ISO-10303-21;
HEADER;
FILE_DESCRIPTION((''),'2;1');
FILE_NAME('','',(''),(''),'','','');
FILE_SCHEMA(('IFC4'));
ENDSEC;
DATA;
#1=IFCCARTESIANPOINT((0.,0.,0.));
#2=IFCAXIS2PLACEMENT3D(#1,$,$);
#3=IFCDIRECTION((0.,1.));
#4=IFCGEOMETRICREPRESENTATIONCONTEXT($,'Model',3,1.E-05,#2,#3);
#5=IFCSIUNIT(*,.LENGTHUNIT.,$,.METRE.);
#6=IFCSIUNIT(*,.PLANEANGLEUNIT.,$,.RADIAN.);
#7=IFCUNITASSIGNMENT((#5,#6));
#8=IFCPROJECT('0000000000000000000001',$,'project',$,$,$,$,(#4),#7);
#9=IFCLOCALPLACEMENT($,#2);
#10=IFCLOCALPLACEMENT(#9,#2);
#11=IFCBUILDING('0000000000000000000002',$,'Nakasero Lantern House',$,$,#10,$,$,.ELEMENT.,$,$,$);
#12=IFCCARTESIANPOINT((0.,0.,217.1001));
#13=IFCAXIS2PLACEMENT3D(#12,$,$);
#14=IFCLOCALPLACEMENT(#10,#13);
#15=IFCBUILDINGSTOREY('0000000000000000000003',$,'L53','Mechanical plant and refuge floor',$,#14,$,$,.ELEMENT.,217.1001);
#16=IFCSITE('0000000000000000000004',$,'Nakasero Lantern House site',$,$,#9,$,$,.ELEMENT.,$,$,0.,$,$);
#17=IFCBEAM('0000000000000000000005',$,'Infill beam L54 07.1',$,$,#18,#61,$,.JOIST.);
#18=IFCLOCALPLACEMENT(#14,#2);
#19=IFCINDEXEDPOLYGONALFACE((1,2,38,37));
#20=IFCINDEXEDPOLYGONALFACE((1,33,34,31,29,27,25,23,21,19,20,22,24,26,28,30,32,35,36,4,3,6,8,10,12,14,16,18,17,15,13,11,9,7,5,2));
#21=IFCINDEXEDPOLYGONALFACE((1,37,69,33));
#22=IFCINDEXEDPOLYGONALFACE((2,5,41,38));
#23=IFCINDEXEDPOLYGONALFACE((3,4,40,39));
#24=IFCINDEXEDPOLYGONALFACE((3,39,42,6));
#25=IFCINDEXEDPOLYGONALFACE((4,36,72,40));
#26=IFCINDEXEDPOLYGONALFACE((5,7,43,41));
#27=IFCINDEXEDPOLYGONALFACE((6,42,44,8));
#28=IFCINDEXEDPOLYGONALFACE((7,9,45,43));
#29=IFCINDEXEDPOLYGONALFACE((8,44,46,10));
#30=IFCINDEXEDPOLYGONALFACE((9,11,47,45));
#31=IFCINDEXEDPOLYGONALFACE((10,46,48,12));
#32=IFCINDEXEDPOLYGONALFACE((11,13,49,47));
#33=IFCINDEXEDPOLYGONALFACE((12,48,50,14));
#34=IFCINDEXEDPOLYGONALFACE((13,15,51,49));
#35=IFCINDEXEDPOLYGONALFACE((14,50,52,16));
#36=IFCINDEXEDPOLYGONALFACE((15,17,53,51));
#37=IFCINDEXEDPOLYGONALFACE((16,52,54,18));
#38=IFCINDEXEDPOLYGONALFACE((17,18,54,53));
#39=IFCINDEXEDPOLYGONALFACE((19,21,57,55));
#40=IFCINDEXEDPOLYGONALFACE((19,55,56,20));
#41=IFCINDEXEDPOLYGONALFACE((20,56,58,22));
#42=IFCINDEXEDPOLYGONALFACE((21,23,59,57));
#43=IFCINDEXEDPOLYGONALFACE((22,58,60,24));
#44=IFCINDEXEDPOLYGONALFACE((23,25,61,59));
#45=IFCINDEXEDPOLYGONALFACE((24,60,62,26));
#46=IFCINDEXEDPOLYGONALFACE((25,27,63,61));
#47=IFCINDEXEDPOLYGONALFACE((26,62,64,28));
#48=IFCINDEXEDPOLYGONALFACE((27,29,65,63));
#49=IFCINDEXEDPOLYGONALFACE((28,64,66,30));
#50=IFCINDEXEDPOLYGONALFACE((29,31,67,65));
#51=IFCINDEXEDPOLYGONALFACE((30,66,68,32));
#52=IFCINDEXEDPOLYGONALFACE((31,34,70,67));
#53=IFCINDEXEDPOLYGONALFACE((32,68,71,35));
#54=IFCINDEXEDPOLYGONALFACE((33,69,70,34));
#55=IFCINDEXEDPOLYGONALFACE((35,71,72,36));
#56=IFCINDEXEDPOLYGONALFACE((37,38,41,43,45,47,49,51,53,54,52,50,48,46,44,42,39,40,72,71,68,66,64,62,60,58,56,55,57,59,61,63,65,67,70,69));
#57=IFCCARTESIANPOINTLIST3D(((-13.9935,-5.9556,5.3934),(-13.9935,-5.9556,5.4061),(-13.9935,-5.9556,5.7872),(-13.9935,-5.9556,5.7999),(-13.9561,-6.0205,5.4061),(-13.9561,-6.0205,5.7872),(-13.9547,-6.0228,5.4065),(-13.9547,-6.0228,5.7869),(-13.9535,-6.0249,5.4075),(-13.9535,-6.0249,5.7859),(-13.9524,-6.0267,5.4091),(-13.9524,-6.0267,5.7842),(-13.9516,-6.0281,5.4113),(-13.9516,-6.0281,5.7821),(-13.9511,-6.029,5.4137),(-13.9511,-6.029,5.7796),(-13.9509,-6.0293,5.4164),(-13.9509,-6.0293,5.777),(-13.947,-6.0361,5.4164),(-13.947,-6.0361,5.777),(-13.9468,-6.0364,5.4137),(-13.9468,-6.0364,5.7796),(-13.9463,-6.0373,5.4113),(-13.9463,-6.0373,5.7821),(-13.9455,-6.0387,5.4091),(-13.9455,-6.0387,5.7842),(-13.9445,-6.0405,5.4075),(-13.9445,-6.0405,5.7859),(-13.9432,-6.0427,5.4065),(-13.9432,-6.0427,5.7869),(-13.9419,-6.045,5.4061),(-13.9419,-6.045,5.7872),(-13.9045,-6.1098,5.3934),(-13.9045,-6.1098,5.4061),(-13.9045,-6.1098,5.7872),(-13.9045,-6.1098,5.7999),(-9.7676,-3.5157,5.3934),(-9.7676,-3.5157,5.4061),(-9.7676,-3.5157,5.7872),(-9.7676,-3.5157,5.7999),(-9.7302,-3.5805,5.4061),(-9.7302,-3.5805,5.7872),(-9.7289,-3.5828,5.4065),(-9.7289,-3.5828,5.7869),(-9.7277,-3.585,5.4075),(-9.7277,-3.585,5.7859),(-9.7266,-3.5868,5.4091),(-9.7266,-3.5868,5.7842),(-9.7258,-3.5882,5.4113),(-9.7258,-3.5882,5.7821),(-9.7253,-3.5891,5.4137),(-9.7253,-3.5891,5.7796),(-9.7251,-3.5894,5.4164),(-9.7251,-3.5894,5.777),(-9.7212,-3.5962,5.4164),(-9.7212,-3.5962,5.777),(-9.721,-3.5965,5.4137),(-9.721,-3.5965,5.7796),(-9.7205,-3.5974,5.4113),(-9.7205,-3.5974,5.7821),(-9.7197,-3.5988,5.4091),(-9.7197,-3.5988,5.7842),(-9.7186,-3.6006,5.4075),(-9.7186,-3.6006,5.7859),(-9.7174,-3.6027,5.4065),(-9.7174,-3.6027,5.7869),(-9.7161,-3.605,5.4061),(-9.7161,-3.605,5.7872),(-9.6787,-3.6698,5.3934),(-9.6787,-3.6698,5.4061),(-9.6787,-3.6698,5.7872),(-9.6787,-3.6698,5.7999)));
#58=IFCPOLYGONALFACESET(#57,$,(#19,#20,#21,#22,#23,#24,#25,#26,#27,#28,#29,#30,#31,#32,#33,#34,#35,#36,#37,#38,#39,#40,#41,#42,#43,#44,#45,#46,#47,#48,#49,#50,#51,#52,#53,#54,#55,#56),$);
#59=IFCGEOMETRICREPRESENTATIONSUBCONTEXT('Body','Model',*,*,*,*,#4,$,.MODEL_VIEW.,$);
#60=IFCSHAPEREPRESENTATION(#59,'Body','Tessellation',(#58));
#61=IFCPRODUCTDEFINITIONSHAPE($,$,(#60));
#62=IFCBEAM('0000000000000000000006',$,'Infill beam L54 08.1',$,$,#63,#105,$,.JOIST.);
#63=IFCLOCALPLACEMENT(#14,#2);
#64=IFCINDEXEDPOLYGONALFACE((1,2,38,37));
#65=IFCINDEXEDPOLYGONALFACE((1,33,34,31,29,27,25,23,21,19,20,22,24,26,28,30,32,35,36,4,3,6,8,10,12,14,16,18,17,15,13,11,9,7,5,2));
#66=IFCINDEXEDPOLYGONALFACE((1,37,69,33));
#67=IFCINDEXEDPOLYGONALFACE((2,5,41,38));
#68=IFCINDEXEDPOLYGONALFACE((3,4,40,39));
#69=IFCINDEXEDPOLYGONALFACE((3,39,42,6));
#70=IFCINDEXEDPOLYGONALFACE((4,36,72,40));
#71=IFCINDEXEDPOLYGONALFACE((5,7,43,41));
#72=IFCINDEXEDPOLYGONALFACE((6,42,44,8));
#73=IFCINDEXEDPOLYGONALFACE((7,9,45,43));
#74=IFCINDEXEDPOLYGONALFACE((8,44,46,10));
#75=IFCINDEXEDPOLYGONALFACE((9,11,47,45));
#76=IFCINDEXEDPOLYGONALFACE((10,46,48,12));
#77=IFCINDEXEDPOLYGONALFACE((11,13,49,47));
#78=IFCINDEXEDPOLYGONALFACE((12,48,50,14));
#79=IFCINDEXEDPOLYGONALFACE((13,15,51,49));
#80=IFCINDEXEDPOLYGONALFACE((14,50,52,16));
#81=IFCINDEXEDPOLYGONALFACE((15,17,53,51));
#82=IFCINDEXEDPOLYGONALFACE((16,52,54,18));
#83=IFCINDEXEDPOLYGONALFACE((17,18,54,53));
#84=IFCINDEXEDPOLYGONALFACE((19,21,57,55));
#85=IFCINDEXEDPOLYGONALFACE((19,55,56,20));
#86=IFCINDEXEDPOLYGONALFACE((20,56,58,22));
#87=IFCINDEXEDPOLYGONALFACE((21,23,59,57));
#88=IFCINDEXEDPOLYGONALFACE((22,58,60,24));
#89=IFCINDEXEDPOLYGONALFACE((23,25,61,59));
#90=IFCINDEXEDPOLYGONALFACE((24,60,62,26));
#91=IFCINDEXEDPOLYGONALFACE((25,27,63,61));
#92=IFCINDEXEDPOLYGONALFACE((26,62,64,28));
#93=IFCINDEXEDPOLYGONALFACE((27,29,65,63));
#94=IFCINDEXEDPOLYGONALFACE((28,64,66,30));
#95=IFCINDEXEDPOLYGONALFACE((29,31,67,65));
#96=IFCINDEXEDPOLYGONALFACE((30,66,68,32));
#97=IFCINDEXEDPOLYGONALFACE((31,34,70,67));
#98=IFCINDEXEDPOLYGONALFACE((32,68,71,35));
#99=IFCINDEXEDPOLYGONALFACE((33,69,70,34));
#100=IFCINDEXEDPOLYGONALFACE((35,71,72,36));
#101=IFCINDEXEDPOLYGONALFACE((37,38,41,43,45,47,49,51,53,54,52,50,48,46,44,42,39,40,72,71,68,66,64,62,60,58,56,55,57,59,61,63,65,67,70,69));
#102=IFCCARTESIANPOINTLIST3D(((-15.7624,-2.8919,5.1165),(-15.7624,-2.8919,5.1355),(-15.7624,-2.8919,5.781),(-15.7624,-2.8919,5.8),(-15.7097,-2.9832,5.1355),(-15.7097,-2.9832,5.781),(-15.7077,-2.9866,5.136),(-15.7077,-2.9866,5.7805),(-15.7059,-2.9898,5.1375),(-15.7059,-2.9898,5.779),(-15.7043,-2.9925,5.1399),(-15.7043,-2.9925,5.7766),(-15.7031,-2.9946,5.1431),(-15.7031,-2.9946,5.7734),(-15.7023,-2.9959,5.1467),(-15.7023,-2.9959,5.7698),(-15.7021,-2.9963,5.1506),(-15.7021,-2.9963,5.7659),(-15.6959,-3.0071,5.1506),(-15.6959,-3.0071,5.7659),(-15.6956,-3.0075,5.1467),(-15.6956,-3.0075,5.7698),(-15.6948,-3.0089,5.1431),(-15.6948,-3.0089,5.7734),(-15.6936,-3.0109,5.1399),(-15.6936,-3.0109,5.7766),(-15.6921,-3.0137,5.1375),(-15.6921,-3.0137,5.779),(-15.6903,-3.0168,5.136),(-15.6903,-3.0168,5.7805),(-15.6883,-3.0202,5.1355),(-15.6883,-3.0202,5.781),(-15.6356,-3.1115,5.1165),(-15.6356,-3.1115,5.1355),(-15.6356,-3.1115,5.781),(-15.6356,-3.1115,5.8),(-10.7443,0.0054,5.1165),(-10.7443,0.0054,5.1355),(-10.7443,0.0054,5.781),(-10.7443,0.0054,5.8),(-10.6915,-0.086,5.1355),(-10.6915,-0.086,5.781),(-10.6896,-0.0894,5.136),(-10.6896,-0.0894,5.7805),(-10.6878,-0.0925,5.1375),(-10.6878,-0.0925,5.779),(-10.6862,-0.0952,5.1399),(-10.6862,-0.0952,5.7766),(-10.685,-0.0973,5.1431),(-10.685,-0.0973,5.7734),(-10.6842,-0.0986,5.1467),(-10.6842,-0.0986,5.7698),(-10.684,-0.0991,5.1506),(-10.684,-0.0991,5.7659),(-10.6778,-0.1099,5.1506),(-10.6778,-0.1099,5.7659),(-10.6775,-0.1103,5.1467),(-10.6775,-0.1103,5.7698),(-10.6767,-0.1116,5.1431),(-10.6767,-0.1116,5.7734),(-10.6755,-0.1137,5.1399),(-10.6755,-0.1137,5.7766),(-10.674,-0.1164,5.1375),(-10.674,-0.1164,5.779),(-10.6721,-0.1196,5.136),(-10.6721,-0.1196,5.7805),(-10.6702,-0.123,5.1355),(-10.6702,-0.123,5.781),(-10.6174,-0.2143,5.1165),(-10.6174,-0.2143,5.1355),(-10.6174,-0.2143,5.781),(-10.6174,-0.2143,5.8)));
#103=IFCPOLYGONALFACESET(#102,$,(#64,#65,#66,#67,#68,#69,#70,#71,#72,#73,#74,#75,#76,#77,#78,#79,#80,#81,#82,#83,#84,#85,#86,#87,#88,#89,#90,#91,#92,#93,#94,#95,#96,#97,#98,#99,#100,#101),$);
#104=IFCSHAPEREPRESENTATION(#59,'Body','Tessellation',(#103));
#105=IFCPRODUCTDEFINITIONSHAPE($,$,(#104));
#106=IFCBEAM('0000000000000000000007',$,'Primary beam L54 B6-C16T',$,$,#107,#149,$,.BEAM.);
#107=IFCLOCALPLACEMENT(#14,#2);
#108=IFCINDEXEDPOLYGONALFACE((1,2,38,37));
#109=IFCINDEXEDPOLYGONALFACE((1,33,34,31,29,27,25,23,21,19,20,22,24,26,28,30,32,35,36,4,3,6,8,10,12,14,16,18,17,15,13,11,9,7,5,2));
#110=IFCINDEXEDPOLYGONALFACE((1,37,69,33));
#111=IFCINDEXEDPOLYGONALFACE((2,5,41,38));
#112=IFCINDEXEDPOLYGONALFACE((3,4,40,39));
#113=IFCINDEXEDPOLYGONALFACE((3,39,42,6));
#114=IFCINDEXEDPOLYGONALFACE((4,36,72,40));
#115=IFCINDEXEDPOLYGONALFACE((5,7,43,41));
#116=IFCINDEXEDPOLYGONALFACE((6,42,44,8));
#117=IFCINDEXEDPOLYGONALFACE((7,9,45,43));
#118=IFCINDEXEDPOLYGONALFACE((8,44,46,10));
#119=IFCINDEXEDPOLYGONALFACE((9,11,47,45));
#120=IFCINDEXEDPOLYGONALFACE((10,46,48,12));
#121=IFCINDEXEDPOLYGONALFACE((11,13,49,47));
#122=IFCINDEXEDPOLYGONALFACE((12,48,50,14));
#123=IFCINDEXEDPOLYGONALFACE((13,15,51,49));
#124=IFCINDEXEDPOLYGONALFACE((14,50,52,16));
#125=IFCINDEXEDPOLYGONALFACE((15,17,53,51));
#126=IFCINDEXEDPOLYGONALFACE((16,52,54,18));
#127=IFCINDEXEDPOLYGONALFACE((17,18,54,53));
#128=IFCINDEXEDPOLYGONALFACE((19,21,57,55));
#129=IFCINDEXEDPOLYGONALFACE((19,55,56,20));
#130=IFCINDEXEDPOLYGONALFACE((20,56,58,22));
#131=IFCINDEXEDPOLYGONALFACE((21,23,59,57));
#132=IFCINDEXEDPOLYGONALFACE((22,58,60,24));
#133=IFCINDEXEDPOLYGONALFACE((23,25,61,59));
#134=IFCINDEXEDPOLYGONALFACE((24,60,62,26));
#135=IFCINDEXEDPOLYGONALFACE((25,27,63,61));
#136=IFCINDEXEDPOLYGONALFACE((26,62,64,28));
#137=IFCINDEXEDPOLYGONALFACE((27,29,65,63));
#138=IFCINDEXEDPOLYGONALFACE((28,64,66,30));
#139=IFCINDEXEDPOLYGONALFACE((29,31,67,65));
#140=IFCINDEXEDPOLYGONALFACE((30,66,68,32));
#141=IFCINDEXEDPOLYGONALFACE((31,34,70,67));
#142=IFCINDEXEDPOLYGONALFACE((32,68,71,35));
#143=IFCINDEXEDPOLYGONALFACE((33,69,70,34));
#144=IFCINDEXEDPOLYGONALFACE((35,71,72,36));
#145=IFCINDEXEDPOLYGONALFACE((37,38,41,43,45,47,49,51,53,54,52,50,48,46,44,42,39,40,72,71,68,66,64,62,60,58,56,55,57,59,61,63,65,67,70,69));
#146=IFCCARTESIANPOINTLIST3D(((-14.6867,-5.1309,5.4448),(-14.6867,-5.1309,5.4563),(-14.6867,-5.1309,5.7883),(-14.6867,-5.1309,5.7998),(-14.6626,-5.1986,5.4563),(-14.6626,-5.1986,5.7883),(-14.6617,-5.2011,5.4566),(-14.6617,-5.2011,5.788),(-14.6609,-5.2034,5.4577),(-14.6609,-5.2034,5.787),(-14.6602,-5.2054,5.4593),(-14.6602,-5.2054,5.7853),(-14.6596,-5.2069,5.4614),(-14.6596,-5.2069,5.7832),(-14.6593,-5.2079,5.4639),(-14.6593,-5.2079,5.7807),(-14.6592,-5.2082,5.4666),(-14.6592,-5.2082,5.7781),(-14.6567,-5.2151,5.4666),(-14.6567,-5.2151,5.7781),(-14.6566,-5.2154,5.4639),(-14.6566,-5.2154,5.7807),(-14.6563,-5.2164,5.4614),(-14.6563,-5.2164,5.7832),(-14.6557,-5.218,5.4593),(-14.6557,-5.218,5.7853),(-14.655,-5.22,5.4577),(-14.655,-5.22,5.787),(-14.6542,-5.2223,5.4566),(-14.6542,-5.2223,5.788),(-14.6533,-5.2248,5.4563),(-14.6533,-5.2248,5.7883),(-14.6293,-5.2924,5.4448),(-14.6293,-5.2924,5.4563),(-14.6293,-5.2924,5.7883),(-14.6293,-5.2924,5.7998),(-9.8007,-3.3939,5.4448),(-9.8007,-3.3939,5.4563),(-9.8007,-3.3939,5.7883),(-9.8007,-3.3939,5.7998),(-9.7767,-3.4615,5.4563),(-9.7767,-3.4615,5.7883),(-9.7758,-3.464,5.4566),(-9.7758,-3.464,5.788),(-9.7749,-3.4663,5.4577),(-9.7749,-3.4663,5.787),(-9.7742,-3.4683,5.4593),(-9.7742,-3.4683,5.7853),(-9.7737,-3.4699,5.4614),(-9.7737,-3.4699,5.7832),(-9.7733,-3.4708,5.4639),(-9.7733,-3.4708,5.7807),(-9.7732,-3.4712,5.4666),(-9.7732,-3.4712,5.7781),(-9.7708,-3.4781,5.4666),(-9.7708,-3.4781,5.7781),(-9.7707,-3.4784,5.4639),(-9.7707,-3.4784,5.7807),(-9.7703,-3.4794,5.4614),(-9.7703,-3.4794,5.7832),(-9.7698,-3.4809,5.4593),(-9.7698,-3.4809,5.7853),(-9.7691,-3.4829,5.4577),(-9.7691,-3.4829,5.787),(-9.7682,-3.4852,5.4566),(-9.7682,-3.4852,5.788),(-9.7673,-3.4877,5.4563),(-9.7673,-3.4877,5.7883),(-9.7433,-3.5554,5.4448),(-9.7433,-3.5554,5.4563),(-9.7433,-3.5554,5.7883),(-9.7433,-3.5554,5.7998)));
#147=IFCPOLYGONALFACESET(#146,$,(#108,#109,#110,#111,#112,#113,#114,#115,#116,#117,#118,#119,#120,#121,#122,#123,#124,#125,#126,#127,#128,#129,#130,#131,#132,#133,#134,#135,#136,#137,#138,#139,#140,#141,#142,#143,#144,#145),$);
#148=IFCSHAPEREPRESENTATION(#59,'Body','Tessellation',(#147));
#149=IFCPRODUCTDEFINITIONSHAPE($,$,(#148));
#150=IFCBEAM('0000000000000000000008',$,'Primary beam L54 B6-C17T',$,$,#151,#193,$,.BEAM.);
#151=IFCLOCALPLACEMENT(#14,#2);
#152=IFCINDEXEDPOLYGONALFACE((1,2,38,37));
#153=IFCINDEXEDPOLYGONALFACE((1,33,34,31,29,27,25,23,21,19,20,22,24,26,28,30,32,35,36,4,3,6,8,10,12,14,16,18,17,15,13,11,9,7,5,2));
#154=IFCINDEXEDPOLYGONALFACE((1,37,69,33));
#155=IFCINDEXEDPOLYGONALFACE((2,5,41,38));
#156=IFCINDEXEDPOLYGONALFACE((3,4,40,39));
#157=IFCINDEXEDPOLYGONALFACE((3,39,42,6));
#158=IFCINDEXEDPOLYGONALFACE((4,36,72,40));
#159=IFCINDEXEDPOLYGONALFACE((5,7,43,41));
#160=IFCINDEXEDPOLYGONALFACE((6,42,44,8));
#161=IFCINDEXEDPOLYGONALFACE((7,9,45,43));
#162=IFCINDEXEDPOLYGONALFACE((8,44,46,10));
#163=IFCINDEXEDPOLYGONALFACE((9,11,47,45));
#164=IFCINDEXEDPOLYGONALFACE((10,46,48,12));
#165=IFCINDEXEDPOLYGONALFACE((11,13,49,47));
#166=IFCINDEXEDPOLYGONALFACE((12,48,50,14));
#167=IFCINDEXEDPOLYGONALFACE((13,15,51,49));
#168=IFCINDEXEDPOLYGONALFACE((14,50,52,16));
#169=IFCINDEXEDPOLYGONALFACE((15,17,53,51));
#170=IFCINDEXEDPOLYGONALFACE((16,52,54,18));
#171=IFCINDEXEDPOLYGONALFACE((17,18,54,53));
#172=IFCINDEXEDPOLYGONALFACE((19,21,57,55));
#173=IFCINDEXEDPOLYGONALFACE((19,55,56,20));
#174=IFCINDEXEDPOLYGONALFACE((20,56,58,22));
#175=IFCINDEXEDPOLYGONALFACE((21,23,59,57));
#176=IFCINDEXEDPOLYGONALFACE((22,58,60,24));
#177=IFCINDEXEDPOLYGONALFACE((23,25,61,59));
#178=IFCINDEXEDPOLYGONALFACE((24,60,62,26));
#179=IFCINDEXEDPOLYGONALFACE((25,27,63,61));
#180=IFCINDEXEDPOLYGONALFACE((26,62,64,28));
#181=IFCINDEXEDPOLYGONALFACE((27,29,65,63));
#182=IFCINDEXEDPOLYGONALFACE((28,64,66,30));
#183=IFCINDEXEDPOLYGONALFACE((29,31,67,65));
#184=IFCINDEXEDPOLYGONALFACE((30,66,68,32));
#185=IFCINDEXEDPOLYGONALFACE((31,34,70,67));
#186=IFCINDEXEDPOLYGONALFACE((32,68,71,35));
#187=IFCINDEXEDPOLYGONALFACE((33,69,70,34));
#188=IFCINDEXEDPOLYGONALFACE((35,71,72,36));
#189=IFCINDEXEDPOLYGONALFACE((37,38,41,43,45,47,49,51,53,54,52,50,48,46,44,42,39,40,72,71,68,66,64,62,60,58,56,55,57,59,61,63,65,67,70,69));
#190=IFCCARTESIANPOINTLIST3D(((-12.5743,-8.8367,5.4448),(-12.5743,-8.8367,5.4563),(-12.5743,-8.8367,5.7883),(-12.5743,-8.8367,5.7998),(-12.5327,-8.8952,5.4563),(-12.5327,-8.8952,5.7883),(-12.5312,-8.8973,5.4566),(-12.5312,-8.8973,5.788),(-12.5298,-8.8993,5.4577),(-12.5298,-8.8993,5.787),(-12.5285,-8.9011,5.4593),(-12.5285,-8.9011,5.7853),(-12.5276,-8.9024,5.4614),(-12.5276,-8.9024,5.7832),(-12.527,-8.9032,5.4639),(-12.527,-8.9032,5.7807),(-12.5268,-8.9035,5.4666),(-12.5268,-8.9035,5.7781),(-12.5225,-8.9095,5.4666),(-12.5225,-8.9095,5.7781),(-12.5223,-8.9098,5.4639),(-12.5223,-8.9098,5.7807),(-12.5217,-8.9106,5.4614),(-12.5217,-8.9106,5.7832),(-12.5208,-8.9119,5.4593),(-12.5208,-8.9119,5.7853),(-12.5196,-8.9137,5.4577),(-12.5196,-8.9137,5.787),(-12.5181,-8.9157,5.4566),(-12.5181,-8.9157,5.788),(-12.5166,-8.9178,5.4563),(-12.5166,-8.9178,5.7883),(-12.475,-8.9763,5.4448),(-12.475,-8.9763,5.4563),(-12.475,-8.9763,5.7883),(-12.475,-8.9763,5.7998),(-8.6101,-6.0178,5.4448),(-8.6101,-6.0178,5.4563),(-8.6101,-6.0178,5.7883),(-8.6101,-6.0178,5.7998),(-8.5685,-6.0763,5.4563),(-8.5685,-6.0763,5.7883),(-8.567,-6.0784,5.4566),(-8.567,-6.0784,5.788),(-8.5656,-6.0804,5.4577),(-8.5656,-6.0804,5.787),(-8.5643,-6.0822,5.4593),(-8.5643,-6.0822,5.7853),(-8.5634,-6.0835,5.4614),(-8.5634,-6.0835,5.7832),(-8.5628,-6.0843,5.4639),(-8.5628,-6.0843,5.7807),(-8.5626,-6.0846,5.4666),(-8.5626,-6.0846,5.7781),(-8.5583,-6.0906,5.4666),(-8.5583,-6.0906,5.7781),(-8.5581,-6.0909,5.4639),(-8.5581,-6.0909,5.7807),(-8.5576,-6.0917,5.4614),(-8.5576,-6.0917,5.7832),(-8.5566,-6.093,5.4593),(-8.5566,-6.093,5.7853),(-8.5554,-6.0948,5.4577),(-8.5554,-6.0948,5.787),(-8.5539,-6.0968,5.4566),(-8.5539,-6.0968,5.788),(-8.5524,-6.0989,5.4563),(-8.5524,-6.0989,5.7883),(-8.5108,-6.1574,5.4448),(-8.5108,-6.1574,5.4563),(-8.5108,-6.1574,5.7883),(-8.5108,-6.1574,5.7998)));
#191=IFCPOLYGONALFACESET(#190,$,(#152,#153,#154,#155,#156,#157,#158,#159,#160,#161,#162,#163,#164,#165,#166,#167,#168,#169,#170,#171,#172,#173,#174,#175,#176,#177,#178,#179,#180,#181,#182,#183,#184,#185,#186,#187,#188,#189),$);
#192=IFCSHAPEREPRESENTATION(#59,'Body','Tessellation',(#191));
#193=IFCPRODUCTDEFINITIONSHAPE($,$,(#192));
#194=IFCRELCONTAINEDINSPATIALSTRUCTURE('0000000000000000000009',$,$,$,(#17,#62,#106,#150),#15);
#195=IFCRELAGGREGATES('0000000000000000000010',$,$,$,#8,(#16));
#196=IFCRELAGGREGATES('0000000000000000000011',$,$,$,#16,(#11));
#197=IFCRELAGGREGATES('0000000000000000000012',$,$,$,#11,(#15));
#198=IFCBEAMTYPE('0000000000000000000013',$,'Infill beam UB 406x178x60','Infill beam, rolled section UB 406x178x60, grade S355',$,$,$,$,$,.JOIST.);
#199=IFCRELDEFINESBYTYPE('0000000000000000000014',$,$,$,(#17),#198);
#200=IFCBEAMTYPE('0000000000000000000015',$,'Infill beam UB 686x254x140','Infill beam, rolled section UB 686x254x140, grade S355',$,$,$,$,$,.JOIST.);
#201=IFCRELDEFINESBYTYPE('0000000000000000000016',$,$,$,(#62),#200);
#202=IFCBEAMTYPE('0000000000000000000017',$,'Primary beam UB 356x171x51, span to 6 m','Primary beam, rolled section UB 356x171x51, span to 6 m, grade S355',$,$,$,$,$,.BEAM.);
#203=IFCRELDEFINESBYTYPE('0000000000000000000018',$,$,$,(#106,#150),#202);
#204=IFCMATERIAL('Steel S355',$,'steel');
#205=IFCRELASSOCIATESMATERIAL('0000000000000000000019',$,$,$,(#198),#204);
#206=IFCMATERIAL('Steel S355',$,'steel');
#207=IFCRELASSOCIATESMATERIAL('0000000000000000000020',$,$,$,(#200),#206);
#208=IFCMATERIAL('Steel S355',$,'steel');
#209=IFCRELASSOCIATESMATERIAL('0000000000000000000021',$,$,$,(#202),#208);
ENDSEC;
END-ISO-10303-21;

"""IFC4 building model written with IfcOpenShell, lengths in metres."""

from ifc_helpers import new_model, si_unit, direction, frame, origin, origin_2d, place, context, subcontext, project, spatial, i_section, extrude, material, material_profile, profile_set, type_object, element, save


model = new_model("IFC4")

# Units and contexts
model_context = context("Model", 3, precision=1e-05, world=origin(), true_north=direction((0.0, 1.0)))
body_context = subcontext(model_context, "Body", "Model", "MODEL_VIEW")
ifc_project = project(units=[si_unit("LENGTHUNIT", "METRE"), si_unit("PLANEANGLEUNIT", "RADIAN")], contexts=[model_context])

# Site, building, storey
site_placement = place(None, origin())
site = spatial("IfcSite", under=ifc_project, at=site_placement, Name="Nakasero Lantern House site", CompositionType="ELEMENT", RefElevation=0.0)
building_placement = place(site_placement, origin())
building = spatial("IfcBuilding", under=site, at=building_placement, Name="Nakasero Lantern House", CompositionType="ELEMENT")
storey_placement = place(building_placement, frame((0.0, 0.0, 217.1001)))
storey = spatial("IfcBuildingStorey", under=building, at=storey_placement, Name="L53", Description="Mechanical plant and refuge floor", CompositionType="ELEMENT", Elevation=217.1001)

# Beams
ifc_material_1 = material(Name="Steel S355", Category="steel")
ifc_material_profile_1 = material_profile(ifc_material_1, i_section(OverallWidth=0.178, OverallDepth=0.4065, WebThickness=0.0078, FlangeThickness=0.0127, FilletRadius=0.0103, at=origin_2d()), Name="UB 406x178x60")
ifc_profile_set_1 = profile_set([ifc_material_profile_1], Name="Steel S355")
beam_type_1 = type_object("IfcBeamType", Name="Infill beam UB 406x178x60", Description="Infill beam, rolled section UB 406x178x60, grade S355", PredefinedType="JOIST", material=ifc_profile_set_1)
beam_1_placement = place(storey_placement, frame((-13.949, -6.0327, 5.5967), z_axis=(0.866011, 0.500024, 0.0), x_axis=(-0.500024, 0.866011, 0.0)))
element("IfcBeam", 1, at=beam_1_placement, inside=storey, type_object=beam_type_1, Name="Infill beam L54 07.1", PredefinedType="JOIST", context=body_context, shape_type="SweptSolid", body=[
    extrude(i_section(OverallWidth=0.178, OverallDepth=0.4065, WebThickness=0.0078, FlangeThickness=0.0127, FilletRadius=0.0103, at=origin_2d()), origin(), (0.0, 0.0, 1.0), 4.8796),
])
ifc_material_2 = material(Name="Steel S355", Category="steel")
ifc_material_profile_2 = material_profile(ifc_material_2, i_section(OverallWidth=0.2537, OverallDepth=0.6836, WebThickness=0.0125, FlangeThickness=0.019, FilletRadius=0.0151, at=origin_2d()), Name="UB 686x254x140")
ifc_profile_set_2 = profile_set([ifc_material_profile_2], Name="Steel S355")
beam_type_2 = type_object("IfcBeamType", Name="Infill beam UB 686x254x140", Description="Infill beam, rolled section UB 686x254x140, grade S355", PredefinedType="JOIST", material=ifc_profile_set_2)
beam_2_placement = place(storey_placement, frame((-15.699, -3.0017, 5.4583), z_axis=(0.866023, 0.500005, 0.0), x_axis=(-0.500005, 0.866023, 0.0)))
element("IfcBeam", 2, at=beam_2_placement, inside=storey, type_object=beam_type_2, Name="Infill beam L54 08.1", PredefinedType="JOIST", context=body_context, shape_type="SweptSolid", body=[
    extrude(i_section(OverallWidth=0.2537, OverallDepth=0.6836, WebThickness=0.0125, FlangeThickness=0.019, FilletRadius=0.0151, at=origin_2d()), origin(), (0.0, 0.0, 1.0), 5.7944),
])
ifc_material_3 = material(Name="Steel S355", Category="steel")
ifc_material_profile_3 = material_profile(ifc_material_3, i_section(OverallWidth=0.1714, OverallDepth=0.355, WebThickness=0.0073, FlangeThickness=0.0115, FilletRadius=0.0103, at=origin_2d()), Name="UB 356x171x51")
ifc_profile_set_3 = profile_set([ifc_material_profile_3], Name="Steel S355")
beam_type_3 = type_object("IfcBeamType", Name="Primary beam UB 356x171x51, span to 6 m", Description="Primary beam, rolled section UB 356x171x51, span to 6 m, grade S355", PredefinedType="BEAM", material=ifc_profile_set_3)
beam_3_placement = place(storey_placement, frame((-14.658, -5.2117, 5.6223), z_axis=(0.942226, 0.334979, 0.0), x_axis=(-0.334979, 0.942226, 0.0)))
element("IfcBeam", 3, at=beam_3_placement, inside=storey, type_object=beam_type_3, Name="Primary beam L54 B6-C16T", PredefinedType="BEAM", context=body_context, shape_type="SweptSolid", body=[
    extrude(i_section(OverallWidth=0.1714, OverallDepth=0.355, WebThickness=0.0073, FlangeThickness=0.0115, FilletRadius=0.0103, at=origin_2d()), origin(), (0.0, 0.0, 1.0), 5.1855),
])
beam_4_placement = place(storey_placement, frame((-12.5247, -8.9065, 5.6223), z_axis=(0.814963, 0.579513, 0.0), x_axis=(-0.579513, 0.814963, 0.0)))
element("IfcBeam", 4, at=beam_4_placement, inside=storey, type_object=beam_type_3, Name="Primary beam L54 B6-C17T", PredefinedType="BEAM", context=body_context, shape_type="SweptSolid", body=[
    extrude(i_section(OverallWidth=0.1714, OverallDepth=0.355, WebThickness=0.0073, FlangeThickness=0.0115, FilletRadius=0.0103, at=origin_2d()), origin(), (0.0, 0.0, 1.0), 4.8643),
])

save(model, "model.ifc")
